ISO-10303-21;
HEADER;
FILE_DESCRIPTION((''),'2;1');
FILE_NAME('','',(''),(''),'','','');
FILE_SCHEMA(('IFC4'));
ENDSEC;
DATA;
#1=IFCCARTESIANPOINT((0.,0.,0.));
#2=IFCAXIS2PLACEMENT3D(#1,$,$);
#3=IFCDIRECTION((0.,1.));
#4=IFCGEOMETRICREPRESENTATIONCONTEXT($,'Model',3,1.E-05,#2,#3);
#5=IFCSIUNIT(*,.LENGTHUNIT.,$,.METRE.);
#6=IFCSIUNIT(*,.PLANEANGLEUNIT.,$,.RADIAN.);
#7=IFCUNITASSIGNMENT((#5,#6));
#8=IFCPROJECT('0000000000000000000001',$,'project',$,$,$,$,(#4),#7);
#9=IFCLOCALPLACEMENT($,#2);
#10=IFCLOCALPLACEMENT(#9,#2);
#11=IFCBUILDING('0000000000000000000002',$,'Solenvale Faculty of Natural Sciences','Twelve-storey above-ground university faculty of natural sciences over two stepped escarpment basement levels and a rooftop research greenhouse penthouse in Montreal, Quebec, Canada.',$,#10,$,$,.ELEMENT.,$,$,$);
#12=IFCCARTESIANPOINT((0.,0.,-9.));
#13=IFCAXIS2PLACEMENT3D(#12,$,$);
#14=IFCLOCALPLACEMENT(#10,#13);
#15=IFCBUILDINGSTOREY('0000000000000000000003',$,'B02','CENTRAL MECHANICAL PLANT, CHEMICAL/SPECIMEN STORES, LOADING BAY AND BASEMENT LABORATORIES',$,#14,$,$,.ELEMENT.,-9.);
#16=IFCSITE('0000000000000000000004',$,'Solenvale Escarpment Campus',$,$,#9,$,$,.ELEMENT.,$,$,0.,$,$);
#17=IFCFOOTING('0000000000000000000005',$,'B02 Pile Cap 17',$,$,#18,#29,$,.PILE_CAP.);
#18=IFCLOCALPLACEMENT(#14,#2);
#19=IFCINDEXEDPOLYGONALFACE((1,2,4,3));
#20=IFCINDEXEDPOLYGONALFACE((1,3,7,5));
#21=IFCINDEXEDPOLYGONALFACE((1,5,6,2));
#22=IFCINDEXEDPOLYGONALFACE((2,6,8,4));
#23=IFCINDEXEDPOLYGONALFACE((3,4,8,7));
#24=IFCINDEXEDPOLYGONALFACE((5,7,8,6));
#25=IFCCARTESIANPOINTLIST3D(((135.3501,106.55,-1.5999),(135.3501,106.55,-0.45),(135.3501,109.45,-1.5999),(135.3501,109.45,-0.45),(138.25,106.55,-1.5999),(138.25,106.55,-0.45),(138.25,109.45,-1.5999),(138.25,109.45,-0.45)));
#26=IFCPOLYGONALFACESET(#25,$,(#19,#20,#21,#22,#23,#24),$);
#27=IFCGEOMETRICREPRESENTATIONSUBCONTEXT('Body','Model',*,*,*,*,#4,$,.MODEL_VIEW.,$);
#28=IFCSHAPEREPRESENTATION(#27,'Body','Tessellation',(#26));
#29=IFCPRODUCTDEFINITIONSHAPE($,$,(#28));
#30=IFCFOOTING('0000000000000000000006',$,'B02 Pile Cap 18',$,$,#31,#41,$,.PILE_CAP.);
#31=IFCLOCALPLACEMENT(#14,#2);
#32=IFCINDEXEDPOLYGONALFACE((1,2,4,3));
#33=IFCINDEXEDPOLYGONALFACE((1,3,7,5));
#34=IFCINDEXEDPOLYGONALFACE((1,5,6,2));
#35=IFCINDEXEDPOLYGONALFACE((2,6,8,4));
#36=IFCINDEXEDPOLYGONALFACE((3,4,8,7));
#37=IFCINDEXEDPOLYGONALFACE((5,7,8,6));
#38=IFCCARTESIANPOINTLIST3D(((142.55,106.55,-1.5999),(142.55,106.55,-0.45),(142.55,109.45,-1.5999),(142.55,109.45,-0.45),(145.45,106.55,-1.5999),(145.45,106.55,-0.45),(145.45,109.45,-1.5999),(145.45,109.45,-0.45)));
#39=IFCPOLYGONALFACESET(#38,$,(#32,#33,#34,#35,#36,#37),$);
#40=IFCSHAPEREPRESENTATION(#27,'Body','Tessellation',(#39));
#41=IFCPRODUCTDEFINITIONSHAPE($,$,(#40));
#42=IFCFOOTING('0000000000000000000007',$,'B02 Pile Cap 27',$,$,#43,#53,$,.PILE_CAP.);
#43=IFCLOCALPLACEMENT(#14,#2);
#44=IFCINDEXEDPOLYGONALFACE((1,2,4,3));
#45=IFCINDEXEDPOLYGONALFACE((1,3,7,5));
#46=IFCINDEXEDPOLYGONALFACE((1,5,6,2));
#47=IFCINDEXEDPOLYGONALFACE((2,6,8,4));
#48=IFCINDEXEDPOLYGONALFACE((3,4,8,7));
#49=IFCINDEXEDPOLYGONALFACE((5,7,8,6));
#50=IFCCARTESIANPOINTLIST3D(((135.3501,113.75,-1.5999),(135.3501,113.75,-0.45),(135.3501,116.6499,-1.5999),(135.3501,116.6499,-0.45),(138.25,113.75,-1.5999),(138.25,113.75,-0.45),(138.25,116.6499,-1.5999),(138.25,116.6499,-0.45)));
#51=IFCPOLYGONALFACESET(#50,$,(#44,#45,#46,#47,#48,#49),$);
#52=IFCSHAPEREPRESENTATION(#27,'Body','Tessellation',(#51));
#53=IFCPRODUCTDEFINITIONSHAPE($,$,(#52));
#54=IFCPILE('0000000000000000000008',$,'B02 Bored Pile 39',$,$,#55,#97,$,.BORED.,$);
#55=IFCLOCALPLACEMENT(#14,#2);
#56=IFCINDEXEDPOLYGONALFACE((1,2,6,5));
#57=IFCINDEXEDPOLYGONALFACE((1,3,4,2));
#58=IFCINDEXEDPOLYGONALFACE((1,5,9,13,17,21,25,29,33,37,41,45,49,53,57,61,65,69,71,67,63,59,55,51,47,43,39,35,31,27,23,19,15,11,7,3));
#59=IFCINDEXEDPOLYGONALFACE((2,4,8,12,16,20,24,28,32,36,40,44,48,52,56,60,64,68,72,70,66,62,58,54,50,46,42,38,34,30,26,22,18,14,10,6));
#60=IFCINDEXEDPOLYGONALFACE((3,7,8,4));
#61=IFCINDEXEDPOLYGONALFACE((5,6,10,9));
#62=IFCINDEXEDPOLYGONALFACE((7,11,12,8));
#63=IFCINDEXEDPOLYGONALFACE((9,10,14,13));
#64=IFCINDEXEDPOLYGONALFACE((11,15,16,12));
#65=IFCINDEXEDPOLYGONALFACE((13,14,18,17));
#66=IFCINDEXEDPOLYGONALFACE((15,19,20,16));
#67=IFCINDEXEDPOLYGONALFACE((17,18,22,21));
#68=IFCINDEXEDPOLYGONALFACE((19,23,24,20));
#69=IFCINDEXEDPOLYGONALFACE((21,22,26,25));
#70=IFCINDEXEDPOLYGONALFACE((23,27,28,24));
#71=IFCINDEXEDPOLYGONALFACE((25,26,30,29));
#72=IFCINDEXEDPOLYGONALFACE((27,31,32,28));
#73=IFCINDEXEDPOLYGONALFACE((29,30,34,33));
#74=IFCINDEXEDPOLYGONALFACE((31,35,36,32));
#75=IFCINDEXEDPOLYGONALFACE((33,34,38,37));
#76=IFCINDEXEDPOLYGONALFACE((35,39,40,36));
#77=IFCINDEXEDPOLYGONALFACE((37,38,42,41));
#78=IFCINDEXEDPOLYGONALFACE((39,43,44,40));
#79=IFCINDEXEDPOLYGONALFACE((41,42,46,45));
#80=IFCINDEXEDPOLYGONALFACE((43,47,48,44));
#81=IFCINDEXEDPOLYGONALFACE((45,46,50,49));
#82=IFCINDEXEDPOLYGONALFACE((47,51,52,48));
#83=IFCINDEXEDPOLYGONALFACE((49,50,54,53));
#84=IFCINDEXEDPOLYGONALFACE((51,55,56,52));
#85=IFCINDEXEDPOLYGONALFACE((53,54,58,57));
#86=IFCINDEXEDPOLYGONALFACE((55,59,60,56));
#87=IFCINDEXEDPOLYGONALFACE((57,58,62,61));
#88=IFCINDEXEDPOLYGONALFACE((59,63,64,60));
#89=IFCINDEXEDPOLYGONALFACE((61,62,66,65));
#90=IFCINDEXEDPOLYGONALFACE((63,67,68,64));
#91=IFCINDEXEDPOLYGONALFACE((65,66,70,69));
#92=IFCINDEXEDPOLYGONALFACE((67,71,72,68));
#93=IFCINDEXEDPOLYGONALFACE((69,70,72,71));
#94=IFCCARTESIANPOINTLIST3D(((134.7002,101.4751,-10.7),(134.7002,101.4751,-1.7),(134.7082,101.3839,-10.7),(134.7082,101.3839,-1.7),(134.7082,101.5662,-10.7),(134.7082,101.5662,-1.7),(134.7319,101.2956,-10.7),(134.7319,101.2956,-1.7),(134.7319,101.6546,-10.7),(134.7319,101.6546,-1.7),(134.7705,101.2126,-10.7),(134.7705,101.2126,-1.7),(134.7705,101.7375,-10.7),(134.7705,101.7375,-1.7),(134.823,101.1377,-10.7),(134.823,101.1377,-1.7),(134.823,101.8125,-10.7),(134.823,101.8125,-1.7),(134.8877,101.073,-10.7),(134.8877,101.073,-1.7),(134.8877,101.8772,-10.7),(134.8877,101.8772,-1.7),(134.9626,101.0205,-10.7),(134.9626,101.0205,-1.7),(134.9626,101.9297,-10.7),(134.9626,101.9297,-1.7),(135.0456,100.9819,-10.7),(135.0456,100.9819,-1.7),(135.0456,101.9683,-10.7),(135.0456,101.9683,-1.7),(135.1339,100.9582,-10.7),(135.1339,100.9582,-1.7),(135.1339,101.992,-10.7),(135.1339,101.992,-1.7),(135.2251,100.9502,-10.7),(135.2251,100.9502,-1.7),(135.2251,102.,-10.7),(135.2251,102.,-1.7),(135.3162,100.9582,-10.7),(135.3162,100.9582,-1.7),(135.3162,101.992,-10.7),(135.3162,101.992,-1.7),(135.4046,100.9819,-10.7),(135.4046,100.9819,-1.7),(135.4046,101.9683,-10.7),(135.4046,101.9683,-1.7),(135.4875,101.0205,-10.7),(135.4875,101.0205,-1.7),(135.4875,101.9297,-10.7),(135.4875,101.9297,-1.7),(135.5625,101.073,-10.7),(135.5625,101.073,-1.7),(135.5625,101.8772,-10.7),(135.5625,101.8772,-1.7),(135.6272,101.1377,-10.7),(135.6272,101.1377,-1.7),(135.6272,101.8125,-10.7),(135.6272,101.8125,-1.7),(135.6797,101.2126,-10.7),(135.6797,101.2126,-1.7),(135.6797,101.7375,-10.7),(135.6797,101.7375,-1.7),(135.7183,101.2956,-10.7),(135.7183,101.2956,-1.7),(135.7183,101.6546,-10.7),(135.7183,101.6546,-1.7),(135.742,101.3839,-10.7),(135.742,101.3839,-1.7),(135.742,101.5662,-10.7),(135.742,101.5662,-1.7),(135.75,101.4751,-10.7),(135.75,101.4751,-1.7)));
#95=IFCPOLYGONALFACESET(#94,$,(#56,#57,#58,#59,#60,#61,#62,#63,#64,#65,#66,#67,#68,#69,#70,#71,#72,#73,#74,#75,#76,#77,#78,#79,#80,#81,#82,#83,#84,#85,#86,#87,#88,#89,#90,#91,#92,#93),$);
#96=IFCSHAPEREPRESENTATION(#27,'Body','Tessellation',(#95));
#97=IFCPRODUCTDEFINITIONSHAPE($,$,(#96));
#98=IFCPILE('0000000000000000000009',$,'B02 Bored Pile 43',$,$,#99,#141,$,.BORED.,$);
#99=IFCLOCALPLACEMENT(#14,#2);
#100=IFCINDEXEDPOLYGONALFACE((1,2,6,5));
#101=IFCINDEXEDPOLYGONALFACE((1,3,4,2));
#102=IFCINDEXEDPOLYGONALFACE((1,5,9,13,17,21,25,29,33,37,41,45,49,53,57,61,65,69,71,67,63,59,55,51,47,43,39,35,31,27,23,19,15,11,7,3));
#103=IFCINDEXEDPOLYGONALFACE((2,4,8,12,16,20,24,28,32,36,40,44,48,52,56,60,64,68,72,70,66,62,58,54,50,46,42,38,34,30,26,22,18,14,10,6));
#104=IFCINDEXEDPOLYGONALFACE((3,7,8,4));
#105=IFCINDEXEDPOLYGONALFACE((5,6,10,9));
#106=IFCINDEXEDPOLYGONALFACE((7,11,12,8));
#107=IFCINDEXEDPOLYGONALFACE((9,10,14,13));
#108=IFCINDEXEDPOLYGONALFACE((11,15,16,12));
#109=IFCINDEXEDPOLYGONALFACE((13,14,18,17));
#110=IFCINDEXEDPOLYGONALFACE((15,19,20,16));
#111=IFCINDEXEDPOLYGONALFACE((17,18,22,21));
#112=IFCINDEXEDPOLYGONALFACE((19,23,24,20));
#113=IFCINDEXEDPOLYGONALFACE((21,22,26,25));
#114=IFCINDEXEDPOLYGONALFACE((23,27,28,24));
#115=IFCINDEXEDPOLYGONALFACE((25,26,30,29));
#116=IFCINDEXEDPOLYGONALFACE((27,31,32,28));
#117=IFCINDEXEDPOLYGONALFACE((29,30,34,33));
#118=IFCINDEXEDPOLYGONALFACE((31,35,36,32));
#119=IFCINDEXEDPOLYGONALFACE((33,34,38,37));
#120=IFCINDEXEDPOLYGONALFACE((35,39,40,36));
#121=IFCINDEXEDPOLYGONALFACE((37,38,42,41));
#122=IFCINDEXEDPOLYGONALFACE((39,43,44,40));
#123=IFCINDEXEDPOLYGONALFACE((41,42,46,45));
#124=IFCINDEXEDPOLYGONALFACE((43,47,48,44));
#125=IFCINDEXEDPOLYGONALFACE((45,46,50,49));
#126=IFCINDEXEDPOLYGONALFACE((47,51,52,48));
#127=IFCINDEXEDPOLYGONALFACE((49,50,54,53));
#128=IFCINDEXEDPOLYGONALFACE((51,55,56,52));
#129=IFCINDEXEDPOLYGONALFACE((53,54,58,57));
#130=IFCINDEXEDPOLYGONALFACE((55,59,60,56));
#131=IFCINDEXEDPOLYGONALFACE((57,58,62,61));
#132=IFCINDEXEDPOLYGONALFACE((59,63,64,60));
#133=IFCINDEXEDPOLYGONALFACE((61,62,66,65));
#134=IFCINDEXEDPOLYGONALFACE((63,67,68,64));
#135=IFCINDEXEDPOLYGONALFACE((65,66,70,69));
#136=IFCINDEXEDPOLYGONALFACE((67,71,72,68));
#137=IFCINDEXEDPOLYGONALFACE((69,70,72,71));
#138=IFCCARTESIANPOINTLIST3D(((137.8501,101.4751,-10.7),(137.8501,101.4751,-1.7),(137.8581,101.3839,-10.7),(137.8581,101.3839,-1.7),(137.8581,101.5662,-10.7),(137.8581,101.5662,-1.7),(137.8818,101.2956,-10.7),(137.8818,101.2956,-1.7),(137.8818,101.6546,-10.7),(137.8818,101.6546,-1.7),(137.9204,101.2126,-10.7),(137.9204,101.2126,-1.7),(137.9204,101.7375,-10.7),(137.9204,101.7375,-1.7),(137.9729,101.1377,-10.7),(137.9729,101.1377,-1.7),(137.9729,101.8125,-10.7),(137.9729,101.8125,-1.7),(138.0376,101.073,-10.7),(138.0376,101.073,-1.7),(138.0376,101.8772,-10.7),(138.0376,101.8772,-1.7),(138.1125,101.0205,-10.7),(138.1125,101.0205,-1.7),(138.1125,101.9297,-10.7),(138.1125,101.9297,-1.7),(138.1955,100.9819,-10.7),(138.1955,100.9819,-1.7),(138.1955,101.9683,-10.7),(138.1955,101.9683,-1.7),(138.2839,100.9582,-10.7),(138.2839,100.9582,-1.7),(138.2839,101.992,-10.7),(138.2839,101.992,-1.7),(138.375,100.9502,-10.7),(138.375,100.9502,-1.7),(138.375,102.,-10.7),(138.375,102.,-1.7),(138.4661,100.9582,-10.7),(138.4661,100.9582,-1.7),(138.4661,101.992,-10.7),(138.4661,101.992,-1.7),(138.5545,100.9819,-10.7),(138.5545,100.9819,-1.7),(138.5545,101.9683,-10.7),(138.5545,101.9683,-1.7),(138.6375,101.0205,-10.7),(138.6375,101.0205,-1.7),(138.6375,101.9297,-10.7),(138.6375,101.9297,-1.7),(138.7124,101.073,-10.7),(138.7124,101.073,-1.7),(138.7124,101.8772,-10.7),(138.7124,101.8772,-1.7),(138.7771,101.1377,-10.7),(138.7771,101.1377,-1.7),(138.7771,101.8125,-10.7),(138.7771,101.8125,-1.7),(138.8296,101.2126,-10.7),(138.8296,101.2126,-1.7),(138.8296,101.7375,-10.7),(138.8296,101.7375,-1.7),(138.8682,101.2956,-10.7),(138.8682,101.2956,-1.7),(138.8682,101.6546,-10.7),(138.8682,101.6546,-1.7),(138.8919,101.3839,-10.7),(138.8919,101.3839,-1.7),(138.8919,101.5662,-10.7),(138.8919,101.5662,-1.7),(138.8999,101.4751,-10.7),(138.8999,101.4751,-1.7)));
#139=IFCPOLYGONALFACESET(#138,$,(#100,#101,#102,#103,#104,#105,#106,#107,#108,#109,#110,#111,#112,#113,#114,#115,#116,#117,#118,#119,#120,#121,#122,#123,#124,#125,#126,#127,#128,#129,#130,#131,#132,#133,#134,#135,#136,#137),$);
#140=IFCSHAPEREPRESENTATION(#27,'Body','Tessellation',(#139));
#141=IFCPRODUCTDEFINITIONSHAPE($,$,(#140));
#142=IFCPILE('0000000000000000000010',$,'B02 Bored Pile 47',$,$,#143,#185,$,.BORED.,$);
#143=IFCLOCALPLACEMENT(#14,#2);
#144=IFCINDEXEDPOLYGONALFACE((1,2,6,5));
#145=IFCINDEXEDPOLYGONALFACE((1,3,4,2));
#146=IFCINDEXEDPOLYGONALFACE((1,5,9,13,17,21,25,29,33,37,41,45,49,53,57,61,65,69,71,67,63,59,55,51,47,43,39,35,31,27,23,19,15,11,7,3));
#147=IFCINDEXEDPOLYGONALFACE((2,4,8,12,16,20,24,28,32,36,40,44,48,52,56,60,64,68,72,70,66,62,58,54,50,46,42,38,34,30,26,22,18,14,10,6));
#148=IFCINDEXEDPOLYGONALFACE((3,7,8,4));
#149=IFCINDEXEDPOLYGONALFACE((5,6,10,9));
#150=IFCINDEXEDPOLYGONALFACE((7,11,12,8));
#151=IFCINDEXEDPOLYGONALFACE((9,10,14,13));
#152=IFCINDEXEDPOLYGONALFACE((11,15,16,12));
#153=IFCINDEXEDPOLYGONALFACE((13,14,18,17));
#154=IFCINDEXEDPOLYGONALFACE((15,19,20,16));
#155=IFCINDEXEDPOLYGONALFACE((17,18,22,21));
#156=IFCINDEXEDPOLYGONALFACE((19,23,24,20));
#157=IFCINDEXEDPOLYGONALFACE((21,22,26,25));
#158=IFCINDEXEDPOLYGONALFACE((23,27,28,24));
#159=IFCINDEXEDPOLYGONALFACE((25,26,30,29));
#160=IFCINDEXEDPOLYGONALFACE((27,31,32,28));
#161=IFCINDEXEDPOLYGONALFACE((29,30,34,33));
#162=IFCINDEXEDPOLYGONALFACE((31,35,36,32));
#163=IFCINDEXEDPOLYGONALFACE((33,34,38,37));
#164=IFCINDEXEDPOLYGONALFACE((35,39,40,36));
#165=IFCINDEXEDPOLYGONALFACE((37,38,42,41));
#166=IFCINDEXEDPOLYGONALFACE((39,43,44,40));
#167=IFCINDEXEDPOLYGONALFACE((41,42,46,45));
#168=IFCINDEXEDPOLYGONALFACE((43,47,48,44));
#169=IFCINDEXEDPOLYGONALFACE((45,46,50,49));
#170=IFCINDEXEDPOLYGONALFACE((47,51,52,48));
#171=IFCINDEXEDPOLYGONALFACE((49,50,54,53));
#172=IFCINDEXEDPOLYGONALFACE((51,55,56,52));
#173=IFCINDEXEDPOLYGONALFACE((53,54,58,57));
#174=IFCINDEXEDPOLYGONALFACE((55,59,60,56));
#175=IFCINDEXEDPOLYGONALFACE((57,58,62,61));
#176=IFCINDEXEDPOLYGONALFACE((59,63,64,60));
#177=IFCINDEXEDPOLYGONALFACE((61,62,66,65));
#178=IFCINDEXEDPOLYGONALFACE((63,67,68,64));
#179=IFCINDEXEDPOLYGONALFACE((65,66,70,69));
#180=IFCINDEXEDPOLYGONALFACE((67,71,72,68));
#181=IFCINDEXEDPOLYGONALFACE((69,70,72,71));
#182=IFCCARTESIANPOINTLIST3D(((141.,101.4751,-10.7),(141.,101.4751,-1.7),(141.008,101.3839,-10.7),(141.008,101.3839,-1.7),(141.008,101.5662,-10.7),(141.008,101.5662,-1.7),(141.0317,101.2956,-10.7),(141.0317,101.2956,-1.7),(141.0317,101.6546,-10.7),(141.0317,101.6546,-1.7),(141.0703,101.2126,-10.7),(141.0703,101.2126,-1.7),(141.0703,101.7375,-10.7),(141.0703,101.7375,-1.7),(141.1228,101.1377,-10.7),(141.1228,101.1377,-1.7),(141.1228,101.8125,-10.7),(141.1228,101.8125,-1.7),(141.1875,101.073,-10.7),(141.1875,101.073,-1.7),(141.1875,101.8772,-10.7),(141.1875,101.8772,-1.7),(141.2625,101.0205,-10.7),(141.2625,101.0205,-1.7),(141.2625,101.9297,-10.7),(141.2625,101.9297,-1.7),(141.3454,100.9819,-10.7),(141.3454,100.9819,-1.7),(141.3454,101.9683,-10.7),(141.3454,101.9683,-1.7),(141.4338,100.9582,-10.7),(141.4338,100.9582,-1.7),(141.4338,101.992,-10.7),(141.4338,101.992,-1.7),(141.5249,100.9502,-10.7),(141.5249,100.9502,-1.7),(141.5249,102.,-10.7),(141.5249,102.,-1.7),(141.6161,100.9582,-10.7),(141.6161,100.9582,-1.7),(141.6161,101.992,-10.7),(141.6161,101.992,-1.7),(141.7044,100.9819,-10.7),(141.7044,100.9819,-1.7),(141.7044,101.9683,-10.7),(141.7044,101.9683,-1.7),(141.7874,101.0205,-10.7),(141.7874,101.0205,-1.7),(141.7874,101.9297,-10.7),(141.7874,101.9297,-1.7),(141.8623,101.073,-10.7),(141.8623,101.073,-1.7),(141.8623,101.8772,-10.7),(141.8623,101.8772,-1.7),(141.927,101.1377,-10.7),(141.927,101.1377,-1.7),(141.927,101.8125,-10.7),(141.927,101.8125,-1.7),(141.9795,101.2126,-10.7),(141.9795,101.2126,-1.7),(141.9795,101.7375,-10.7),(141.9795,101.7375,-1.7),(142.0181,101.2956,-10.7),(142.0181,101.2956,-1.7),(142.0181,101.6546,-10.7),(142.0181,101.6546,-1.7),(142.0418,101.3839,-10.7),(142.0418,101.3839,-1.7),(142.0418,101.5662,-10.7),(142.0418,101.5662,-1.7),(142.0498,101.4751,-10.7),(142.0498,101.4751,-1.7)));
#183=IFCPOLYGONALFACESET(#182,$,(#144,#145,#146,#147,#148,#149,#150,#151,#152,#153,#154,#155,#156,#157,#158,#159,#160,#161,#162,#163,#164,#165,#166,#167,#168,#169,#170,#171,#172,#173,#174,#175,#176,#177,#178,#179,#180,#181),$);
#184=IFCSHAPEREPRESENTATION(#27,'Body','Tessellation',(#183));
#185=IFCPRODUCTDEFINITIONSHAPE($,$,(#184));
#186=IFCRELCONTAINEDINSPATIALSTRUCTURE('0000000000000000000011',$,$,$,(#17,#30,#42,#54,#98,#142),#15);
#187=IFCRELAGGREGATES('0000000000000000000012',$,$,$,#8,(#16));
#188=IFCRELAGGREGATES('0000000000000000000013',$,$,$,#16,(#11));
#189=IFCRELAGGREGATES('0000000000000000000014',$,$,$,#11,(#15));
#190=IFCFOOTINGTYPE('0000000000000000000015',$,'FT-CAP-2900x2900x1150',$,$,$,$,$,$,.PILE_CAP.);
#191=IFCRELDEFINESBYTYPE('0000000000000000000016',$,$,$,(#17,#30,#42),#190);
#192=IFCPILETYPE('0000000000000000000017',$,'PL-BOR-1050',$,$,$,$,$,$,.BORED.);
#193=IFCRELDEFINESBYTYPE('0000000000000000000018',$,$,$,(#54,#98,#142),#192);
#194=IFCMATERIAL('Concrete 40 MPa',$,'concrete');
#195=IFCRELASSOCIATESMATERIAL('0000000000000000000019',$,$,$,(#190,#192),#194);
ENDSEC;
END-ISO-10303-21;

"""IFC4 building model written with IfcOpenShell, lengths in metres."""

from ifc_helpers import new_model, si_unit, direction, frame, origin, origin_2d, place, context, subcontext, project, spatial, rectangle, circle, extrude, material, material_profile, profile_set, type_object, element, save


model = new_model("IFC4")

# Units and contexts
model_context = context("Model", 3, precision=1e-05, world=origin(), true_north=direction((0.0, 1.0)))
body_context = subcontext(model_context, "Body", "Model", "MODEL_VIEW")
ifc_project = project(units=[si_unit("LENGTHUNIT", "METRE"), si_unit("PLANEANGLEUNIT", "RADIAN")], contexts=[model_context])

# Site, building, storey
site_placement = place(None, origin())
site = spatial("IfcSite", under=ifc_project, at=site_placement, Name="Solenvale Escarpment Campus", CompositionType="ELEMENT", RefElevation=0.0)
building_placement = place(site_placement, origin())
building = spatial("IfcBuilding", under=site, at=building_placement, Name="Solenvale Faculty of Natural Sciences", Description="Twelve-storey above-ground university faculty of natural sciences over two stepped escarpment basement levels and a rooftop research greenhouse penthouse in Montreal, Quebec, Canada.", CompositionType="ELEMENT")
storey_placement = place(building_placement, frame((0.0, 0.0, -9.0)))
storey = spatial("IfcBuildingStorey", under=building, at=storey_placement, Name="B02", Description="CENTRAL MECHANICAL PLANT, CHEMICAL/SPECIMEN STORES, LOADING BAY AND BASEMENT LABORATORIES", CompositionType="ELEMENT", Elevation=-9.0)

# Footings
ifc_material_1 = material(Name="Concrete 40 MPa", Category="concrete")
footing_type = type_object("IfcFootingType", Name="FT-CAP-2900x2900x1150", PredefinedType="PILE_CAP", material=ifc_material_1)
for number, where, z_axis, x_axis, name in (
    (1, (136.8, 108.0, -1.5999), (0.0, 0.0, 1.0), (1.0, 0.0, 0.0), "B02 Pile Cap 17"),
    (2, (144.0, 108.0, -1.5999), (0.0, 0.0, 1.0), (1.0, 0.0, 0.0), "B02 Pile Cap 18"),
    (3, (136.8, 115.2, -1.5999), (0.0, 0.0, 1.0), (1.0, 0.0, 0.0), "B02 Pile Cap 27"),
):
    element("IfcFooting", number, at=place(storey_placement, frame(where, z_axis=z_axis, x_axis=x_axis)), inside=storey, type_object=footing_type, Name=name, PredefinedType="PILE_CAP", context=body_context, shape_type="SweptSolid", body=[
        extrude(rectangle(XDim=2.8999, YDim=2.8999, at=origin_2d()), origin(), (0.0, 0.0, 1.0), 1.1499),
    ])

# Piles
ifc_material_profile_1 = material_profile(ifc_material_1, circle(Radius=0.5249, at=origin_2d()), Name="PILE-D1050")
ifc_profile_set_1 = profile_set([ifc_material_profile_1], Name="Concrete 40 MPa")
pile_type_1 = type_object("IfcPileType", Name="PL-BOR-1050", PredefinedType="BORED", material=ifc_profile_set_1)
for number, where, z_axis, x_axis, name in (
    (4, (135.2251, 101.4751, -1.7), (0.0, 0.0, -1.0), (1.0, 0.0, 0.0), "B02 Bored Pile 39"),
    (5, (138.375, 101.4751, -1.7), (0.0, 0.0, -1.0), (1.0, 0.0, 0.0), "B02 Bored Pile 43"),
    (6, (141.5249, 101.4751, -1.7), (0.0, 0.0, -1.0), (1.0, 0.0, 0.0), "B02 Bored Pile 47"),
):
    element("IfcPile", number, at=place(storey_placement, frame(where, z_axis=z_axis, x_axis=x_axis)), inside=storey, type_object=pile_type_1, Name=name, PredefinedType="BORED", context=body_context, shape_type="SweptSolid", body=[
        extrude(circle(Radius=0.5249, at=origin_2d()), origin(), (0.0, 0.0, 1.0), 9.0),
    ])

save(model, "model.ifc")
